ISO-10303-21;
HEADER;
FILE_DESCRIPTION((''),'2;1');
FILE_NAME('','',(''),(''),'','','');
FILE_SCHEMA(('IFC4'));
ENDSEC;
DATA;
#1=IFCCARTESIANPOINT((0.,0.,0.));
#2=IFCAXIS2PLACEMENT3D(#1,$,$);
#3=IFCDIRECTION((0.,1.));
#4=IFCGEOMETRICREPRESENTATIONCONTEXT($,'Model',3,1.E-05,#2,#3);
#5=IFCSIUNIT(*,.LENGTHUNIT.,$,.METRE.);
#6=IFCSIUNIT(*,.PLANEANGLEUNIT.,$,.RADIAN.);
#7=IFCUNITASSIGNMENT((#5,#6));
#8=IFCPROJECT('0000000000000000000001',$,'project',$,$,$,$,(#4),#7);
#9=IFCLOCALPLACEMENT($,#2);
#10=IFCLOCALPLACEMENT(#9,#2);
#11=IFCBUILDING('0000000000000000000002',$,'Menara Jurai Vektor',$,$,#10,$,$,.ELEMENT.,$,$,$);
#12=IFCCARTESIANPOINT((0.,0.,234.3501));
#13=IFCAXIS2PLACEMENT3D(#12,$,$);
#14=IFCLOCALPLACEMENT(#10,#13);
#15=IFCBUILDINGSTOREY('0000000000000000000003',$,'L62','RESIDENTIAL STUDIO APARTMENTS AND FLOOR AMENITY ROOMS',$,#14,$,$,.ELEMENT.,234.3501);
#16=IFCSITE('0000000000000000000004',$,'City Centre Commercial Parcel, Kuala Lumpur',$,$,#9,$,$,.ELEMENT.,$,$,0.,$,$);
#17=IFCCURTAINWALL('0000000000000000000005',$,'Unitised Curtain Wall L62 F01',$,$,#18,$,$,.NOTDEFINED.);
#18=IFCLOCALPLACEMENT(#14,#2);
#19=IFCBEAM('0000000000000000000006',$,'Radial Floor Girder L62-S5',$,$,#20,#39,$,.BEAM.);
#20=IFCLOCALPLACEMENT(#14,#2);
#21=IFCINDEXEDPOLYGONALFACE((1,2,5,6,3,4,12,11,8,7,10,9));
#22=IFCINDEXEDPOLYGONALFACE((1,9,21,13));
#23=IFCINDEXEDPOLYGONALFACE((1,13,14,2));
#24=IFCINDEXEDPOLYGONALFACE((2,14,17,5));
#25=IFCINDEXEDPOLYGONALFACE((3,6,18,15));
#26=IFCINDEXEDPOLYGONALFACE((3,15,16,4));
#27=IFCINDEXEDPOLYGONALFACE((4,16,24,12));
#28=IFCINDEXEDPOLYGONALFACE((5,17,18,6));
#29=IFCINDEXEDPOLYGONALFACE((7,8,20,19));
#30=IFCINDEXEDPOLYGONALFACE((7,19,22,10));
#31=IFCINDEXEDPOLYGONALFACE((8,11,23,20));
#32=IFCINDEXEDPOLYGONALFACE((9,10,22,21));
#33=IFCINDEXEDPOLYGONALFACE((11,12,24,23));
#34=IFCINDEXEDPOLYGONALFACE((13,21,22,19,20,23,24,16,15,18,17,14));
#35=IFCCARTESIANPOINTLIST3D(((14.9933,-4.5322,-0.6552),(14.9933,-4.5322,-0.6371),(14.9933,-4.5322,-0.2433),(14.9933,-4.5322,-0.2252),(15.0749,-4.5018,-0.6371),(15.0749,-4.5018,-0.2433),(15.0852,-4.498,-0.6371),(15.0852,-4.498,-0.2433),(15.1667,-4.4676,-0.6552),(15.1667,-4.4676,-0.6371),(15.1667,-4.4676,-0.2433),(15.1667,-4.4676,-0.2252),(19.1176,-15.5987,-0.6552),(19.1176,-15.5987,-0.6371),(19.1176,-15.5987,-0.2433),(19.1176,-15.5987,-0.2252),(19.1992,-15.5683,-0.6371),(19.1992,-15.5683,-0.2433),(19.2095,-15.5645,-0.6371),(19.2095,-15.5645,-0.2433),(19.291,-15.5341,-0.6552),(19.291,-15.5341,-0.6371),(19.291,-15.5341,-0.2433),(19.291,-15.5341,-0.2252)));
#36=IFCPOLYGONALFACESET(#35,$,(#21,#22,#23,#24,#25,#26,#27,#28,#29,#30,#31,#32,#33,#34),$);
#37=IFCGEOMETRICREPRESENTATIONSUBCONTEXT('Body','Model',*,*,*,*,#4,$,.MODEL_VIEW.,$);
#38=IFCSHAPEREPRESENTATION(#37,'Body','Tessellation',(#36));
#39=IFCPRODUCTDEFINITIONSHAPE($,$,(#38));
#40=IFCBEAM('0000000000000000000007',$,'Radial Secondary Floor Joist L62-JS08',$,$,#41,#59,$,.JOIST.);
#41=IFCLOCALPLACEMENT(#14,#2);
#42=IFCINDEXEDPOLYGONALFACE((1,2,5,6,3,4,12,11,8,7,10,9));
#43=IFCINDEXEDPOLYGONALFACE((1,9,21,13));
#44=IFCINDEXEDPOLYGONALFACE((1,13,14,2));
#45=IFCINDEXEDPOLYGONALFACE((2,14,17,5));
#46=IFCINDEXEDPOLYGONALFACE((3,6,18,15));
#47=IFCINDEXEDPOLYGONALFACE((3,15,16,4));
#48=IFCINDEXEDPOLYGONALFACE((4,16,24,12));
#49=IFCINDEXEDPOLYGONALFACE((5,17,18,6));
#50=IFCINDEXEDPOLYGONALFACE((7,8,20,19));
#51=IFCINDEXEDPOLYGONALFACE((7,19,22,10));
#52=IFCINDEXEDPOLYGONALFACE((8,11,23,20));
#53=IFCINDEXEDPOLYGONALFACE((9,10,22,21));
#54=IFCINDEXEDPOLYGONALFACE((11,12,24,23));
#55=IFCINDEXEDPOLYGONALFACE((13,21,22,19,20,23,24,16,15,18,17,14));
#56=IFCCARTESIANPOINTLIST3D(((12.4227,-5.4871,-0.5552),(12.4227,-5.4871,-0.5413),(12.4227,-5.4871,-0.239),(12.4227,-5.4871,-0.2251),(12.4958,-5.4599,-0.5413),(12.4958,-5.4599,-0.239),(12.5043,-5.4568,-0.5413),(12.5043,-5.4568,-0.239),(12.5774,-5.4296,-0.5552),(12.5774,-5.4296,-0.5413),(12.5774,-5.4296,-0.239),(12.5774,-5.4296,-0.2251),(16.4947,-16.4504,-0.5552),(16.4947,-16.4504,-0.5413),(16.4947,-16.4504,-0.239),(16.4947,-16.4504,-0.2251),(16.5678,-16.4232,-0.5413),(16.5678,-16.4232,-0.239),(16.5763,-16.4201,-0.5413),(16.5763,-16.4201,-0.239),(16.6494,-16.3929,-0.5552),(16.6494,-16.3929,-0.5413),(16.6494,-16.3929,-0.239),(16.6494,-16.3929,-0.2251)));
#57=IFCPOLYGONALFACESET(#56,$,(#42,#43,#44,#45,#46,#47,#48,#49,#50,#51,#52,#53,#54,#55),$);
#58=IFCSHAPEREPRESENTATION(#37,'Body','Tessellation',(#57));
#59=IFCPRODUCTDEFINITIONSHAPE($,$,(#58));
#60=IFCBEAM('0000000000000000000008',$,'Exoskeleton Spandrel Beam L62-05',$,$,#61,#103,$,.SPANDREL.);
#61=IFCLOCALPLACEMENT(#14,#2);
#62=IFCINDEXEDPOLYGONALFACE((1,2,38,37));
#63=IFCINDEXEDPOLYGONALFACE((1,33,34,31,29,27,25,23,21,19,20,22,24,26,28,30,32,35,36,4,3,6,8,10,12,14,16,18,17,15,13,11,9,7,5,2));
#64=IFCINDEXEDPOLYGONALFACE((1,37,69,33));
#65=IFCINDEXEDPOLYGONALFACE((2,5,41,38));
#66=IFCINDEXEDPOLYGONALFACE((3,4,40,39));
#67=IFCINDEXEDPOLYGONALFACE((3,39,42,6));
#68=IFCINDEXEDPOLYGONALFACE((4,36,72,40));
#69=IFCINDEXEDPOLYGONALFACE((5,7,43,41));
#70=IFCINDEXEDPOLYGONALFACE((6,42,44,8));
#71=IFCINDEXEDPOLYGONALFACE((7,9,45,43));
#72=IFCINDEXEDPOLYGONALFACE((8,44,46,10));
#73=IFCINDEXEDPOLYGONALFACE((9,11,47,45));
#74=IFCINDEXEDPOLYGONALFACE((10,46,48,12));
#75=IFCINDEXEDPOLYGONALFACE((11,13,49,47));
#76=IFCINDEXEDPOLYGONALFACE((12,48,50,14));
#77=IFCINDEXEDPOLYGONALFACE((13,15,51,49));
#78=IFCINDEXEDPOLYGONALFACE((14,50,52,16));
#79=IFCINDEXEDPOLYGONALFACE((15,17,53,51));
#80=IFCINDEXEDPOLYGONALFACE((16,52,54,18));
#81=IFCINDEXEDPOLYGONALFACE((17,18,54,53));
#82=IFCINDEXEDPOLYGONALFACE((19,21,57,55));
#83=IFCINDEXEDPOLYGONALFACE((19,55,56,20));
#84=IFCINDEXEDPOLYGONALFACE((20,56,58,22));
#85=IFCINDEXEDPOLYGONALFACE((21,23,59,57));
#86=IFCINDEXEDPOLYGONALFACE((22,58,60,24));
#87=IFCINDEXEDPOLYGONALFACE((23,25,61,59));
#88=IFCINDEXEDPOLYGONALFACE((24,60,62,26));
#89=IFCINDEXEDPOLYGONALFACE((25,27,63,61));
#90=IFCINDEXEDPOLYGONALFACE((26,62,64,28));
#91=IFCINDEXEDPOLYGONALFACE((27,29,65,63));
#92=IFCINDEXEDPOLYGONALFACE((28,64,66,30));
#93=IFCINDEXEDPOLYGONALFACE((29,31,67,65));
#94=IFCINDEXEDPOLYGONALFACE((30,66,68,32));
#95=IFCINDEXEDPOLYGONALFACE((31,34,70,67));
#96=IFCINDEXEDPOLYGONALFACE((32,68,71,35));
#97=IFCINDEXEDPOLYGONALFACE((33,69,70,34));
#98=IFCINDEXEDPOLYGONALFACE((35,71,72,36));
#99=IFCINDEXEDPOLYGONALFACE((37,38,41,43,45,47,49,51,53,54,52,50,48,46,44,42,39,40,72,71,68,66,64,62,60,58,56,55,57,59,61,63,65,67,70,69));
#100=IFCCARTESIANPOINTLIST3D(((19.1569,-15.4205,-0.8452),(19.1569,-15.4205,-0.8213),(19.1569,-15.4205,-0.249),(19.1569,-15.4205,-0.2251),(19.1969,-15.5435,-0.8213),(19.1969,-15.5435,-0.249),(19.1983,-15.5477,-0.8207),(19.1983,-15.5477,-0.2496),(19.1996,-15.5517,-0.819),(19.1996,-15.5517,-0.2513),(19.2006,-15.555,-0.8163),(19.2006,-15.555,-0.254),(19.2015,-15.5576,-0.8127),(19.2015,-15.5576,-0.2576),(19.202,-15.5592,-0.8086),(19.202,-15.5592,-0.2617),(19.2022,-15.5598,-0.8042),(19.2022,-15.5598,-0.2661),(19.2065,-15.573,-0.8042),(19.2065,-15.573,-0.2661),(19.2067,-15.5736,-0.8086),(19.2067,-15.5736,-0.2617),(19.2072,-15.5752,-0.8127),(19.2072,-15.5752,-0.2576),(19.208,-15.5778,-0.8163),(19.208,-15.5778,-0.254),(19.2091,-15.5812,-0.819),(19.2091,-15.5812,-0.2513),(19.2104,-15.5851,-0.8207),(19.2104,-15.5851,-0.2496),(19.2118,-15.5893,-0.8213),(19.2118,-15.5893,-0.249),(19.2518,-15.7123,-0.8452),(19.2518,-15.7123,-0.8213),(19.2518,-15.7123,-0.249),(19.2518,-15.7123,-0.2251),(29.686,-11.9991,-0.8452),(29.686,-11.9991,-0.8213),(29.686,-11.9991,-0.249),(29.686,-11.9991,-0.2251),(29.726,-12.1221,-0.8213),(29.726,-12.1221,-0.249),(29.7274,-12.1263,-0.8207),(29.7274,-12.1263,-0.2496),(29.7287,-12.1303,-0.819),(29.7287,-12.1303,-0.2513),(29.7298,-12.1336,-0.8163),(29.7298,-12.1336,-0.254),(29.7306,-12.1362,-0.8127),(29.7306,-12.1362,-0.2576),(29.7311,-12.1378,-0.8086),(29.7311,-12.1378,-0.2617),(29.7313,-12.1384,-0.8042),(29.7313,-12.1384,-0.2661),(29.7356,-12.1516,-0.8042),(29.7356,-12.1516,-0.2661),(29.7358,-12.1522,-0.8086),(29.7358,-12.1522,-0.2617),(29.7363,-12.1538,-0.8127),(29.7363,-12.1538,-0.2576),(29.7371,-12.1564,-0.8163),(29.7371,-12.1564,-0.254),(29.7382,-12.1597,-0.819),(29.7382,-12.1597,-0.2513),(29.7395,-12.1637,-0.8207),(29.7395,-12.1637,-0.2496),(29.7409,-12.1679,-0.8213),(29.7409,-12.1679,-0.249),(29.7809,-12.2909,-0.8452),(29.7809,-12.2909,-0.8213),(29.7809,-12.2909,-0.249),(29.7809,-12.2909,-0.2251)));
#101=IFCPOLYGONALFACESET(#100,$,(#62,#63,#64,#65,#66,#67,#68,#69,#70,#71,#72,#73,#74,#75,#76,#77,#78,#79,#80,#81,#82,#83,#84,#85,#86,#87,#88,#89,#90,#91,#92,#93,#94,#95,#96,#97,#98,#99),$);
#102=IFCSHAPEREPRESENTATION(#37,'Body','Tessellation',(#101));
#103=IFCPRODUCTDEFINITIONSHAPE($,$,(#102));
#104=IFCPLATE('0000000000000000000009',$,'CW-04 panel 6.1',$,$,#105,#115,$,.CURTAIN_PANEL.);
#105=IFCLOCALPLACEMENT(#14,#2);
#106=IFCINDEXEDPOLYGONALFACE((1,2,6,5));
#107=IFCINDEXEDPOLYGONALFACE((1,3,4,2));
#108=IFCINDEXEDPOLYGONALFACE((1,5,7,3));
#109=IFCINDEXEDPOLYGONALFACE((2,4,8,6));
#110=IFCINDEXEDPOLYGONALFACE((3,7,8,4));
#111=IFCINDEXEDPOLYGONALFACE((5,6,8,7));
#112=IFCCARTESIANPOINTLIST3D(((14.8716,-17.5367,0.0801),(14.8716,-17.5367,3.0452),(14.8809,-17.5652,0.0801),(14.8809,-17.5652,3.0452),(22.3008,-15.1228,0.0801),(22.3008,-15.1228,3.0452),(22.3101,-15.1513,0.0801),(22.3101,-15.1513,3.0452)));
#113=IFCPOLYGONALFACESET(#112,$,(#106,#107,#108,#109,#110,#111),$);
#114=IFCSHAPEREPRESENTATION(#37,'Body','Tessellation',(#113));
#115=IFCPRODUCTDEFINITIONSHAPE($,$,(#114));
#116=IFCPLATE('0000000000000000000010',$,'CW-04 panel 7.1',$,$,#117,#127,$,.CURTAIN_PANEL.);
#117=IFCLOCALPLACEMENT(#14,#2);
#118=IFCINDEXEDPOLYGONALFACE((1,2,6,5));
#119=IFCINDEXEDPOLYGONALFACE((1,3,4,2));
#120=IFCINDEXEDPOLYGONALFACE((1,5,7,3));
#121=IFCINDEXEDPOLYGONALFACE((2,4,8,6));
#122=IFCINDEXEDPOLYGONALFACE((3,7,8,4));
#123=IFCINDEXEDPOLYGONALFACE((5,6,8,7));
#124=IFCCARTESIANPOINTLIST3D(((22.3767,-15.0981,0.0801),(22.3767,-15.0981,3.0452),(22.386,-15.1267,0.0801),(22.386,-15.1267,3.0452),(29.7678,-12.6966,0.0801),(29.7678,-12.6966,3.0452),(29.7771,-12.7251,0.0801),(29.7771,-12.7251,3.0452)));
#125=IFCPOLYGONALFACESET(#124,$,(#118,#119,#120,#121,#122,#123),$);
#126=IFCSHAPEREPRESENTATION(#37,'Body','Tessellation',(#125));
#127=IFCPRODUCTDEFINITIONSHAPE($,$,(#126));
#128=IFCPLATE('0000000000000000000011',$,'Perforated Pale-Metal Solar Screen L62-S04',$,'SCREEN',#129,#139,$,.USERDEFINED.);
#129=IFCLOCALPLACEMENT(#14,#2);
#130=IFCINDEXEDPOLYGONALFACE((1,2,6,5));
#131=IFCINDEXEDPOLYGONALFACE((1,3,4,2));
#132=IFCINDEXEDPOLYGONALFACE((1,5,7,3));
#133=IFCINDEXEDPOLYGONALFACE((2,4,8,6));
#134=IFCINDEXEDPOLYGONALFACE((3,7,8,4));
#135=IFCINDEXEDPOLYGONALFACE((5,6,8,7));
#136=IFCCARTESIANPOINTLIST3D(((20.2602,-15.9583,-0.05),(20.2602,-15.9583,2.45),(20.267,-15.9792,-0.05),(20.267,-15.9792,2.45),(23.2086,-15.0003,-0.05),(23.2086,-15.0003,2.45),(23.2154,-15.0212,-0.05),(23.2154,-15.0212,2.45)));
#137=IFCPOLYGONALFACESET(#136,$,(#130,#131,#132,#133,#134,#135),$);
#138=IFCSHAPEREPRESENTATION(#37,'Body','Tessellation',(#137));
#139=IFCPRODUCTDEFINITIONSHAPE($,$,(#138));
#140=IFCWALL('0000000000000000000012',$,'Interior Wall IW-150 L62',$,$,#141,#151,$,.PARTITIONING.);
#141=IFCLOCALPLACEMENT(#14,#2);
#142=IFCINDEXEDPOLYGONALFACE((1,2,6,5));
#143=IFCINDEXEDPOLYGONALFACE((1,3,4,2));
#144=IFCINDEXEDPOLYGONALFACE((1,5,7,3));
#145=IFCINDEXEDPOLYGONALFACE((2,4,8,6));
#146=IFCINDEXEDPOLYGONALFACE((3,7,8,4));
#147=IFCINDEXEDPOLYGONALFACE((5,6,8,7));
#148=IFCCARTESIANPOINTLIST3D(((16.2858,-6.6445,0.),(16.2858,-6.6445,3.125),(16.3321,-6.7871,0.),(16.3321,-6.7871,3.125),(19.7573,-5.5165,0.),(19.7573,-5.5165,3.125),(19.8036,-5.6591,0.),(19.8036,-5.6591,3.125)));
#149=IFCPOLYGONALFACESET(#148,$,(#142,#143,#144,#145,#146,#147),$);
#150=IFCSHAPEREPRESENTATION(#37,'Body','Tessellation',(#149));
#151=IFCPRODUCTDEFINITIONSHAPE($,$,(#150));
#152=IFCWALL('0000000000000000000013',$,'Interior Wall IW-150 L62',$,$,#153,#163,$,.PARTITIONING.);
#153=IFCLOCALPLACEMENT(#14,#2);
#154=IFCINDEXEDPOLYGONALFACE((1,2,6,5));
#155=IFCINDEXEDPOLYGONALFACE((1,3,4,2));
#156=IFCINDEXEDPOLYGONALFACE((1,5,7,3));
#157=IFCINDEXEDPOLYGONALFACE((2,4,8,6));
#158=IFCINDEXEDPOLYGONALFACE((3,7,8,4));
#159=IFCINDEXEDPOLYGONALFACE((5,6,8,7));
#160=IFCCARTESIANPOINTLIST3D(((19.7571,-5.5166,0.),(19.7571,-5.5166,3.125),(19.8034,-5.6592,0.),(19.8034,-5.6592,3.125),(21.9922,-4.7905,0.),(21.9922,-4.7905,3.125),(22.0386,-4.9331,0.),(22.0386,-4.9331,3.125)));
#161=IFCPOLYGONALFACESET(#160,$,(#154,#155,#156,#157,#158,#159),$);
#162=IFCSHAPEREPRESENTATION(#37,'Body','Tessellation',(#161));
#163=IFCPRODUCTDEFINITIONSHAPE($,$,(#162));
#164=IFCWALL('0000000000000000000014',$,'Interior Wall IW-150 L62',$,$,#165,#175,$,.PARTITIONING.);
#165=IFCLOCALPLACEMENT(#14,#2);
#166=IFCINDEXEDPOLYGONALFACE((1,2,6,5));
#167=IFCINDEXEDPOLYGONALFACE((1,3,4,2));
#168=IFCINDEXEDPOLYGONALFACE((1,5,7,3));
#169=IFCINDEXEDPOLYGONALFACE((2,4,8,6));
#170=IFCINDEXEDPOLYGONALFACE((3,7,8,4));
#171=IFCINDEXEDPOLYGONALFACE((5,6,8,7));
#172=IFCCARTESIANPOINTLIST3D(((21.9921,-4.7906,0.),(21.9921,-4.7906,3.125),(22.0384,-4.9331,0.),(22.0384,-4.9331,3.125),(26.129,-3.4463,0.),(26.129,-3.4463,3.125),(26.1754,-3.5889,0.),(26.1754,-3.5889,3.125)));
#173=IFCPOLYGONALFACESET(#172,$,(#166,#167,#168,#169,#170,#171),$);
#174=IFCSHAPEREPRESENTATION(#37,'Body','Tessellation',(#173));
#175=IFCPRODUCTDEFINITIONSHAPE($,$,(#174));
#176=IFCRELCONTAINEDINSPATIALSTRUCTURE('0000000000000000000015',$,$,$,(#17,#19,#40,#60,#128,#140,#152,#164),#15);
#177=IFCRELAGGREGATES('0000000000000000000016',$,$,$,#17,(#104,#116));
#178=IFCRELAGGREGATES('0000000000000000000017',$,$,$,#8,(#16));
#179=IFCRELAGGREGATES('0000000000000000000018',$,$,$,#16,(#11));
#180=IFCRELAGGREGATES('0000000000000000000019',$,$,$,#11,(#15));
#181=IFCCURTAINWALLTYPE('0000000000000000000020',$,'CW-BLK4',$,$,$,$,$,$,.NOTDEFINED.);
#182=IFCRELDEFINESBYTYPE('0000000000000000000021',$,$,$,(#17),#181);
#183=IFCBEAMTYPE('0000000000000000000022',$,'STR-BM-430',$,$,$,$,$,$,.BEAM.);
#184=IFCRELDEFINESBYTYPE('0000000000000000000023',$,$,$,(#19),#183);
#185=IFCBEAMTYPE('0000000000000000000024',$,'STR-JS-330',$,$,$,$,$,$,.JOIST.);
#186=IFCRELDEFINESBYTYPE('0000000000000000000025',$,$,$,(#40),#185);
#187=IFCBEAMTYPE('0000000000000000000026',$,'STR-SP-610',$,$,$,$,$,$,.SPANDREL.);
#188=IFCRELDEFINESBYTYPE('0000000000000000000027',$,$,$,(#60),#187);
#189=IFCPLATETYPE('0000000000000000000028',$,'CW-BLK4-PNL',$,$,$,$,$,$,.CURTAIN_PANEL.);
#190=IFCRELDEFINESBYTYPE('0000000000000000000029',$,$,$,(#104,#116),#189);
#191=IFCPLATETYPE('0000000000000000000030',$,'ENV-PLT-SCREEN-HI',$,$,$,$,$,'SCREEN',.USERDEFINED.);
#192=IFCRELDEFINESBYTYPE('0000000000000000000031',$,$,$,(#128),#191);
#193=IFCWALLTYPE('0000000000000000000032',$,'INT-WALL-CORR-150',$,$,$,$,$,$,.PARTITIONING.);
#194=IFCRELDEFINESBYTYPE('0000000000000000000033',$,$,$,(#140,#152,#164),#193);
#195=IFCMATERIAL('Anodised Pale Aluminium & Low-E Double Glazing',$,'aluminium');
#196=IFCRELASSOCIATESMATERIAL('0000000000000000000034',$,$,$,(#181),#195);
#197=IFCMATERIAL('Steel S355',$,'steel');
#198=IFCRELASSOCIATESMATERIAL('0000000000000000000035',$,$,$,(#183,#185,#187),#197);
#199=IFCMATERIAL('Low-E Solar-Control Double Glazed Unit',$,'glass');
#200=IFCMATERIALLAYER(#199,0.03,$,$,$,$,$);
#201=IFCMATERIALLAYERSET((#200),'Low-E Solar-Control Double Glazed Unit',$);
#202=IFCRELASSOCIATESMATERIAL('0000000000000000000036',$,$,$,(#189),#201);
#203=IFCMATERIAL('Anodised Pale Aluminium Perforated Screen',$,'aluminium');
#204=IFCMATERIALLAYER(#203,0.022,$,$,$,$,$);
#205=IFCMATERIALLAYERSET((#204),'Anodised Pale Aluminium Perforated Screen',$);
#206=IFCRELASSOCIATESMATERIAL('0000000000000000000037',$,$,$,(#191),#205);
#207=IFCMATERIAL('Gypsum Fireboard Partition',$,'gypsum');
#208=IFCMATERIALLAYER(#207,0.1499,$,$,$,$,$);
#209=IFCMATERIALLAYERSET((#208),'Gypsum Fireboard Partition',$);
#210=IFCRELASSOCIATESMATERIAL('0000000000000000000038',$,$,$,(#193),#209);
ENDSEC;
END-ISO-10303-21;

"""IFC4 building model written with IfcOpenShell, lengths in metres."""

from ifc_helpers import new_model, si_unit, direction, frame, frame_2d, origin, origin_2d, place, context, subcontext, project, spatial, rectangle, i_section, extrude, material, layer, layer_set, material_profile, profile_set, type_object, element, aggregate, save


model = new_model("IFC4")

# Units and contexts
model_context = context("Model", 3, precision=1e-05, world=origin(), true_north=direction((0.0, 1.0)))
body_context = subcontext(model_context, "Body", "Model", "MODEL_VIEW")
ifc_project = project(units=[si_unit("LENGTHUNIT", "METRE"), si_unit("PLANEANGLEUNIT", "RADIAN")], contexts=[model_context])

# Site, building, storey
site_placement = place(None, origin())
site = spatial("IfcSite", under=ifc_project, at=site_placement, Name="City Centre Commercial Parcel, Kuala Lumpur", CompositionType="ELEMENT", RefElevation=0.0)
building_placement = place(site_placement, origin())
building = spatial("IfcBuilding", under=site, at=building_placement, Name="Menara Jurai Vektor", CompositionType="ELEMENT")
storey_placement = place(building_placement, frame((0.0, 0.0, 234.3501)))
storey = spatial("IfcBuildingStorey", under=building, at=storey_placement, Name="L62", Description="RESIDENTIAL STUDIO APARTMENTS AND FLOOR AMENITY ROOMS", CompositionType="ELEMENT", Elevation=234.3501)

# Curtain wall
ifc_material_1 = material(Name="Anodised Pale Aluminium & Low-E Double Glazing", Category="aluminium")
curtain_wall_type = type_object("IfcCurtainWallType", Name="CW-BLK4", PredefinedType="NOTDEFINED", material=ifc_material_1)
curtain_wall_placement = place(storey_placement, origin())
curtain_wall = element("IfcCurtainWall", 1, at=curtain_wall_placement, inside=storey, type_object=curtain_wall_type, Name="Unitised Curtain Wall L62 F01", PredefinedType="NOTDEFINED")

# Beams
ifc_material_2 = material(Name="Steel S355", Category="steel")
ifc_material_profile_1 = material_profile(ifc_material_2, i_section(OverallWidth=0.1851, OverallDepth=0.4299, WebThickness=0.011, FlangeThickness=0.0181, at=origin_2d()), Name="PG 430x185x76")
ifc_profile_set_1 = profile_set([ifc_material_profile_1], Name="Steel S355")
beam_type_1 = type_object("IfcBeamType", Name="STR-BM-430", PredefinedType="BEAM", material=ifc_profile_set_1)
beam_1_placement = place(storey_placement, frame((19.2043, -15.5664, -0.4402), z_axis=(-0.34922, 0.937041, 0.0), x_axis=(-0.937041, -0.34922, 0.0)))
element("IfcBeam", 2, at=beam_1_placement, inside=storey, type_object=beam_type_1, Name="Radial Floor Girder L62-S5", PredefinedType="BEAM", context=body_context, shape_type="SweptSolid", body=[
    extrude(i_section(OverallWidth=0.1851, OverallDepth=0.4299, WebThickness=0.011, FlangeThickness=0.0181, at=origin_2d()), origin(), (0.0, 0.0, 1.0), 11.8101),
])
ifc_material_profile_2 = material_profile(ifc_material_2, i_section(OverallWidth=0.165, OverallDepth=0.3301, WebThickness=0.009, FlangeThickness=0.0139, at=origin_2d()), Name="PG 330x165x46")
ifc_profile_set_2 = profile_set([ifc_material_profile_2], Name="Steel S355")
beam_type_2 = type_object("IfcBeamType", Name="STR-JS-330", PredefinedType="JOIST", material=ifc_profile_set_2)
beam_2_placement = place(storey_placement, frame((16.572, -16.4216, -0.3901), z_axis=(-0.34818, 0.937428, 0.0), x_axis=(-0.937428, -0.34818, 0.0)))
element("IfcBeam", 3, at=beam_2_placement, inside=storey, type_object=beam_type_2, Name="Radial Secondary Floor Joist L62-JS08", PredefinedType="JOIST", context=body_context, shape_type="SweptSolid", body=[
    extrude(i_section(OverallWidth=0.165, OverallDepth=0.3301, WebThickness=0.009, FlangeThickness=0.0139, at=origin_2d()), origin(), (0.0, 0.0, 1.0), 11.6951),
])
ifc_material_profile_3 = material_profile(ifc_material_2, i_section(OverallWidth=0.3069, OverallDepth=0.6201, WebThickness=0.0139, FlangeThickness=0.0239, FilletRadius=0.0171, at=origin_2d()), Name="UKB 610x305x179")
ifc_profile_set_3 = profile_set([ifc_material_profile_3], Name="Steel S355")
beam_type_3 = type_object("IfcBeamType", Name="STR-SP-610", PredefinedType="SPANDREL", material=ifc_profile_set_3)
beam_3_placement = place(storey_placement, frame((19.2043, -15.5664, -0.5352), z_axis=(0.951049, 0.309041, 0.0), x_axis=(-0.309041, 0.951049, 0.0)))
element("IfcBeam", 4, at=beam_3_placement, inside=storey, type_object=beam_type_3, Name="Exoskeleton Spandrel Beam L62-05", PredefinedType="SPANDREL", context=body_context, shape_type="SweptSolid", body=[
    extrude(i_section(OverallWidth=0.3069, OverallDepth=0.6201, WebThickness=0.0139, FlangeThickness=0.0239, FilletRadius=0.0171, at=origin_2d()), origin(), (0.0, 0.0, 1.0), 11.071),
])

# Plates
ifc_material_3 = material(Name="Low-E Solar-Control Double Glazed Unit", Category="glass")
ifc_layer_1 = layer(ifc_material_3, 0.03)
ifc_layer_set_1 = layer_set([ifc_layer_1], Name="Low-E Solar-Control Double Glazed Unit")
plate_type_1 = type_object("IfcPlateType", Name="CW-BLK4-PNL", PredefinedType="CURTAIN_PANEL", material=ifc_layer_set_1)
plate_1_placement = place(storey_placement, frame((18.5908, -16.344, 0.0801), z_axis=(0.0, 0.0, 1.0), x_axis=(0.951056, 0.309017, 0.0)))
plate_1 = element("IfcPlate", 5, at=plate_1_placement, type_object=plate_type_1, Name="CW-04 panel 6.1", PredefinedType="CURTAIN_PANEL", context=body_context, shape_type="SweptSolid", body=[
    extrude(rectangle(XDim=7.8115, YDim=0.03, at=origin_2d()), origin(), (0.0, 0.0, 1.0), 2.9651),
])
plate_2_placement = place(storey_placement, frame((26.0769, -13.9116, 0.0801), z_axis=(0.0, 0.0, 1.0), x_axis=(0.951056, 0.309017, 0.0)))
plate_2 = element("IfcPlate", 6, at=plate_2_placement, type_object=plate_type_1, Name="CW-04 panel 7.1", PredefinedType="CURTAIN_PANEL", context=body_context, shape_type="SweptSolid", body=[
    extrude(rectangle(XDim=7.7715, YDim=0.03, at=origin_2d()), origin(), (0.0, 0.0, 1.0), 2.9651),
])
aggregate(curtain_wall, [plate_1, plate_2])
ifc_material_4 = material(Name="Anodised Pale Aluminium Perforated Screen", Category="aluminium")
ifc_layer_2 = layer(ifc_material_4, 0.022)
ifc_layer_set_2 = layer_set([ifc_layer_2], Name="Anodised Pale Aluminium Perforated Screen")
plate_type_2 = type_object("IfcPlateType", Name="ENV-PLT-SCREEN-HI", ElementType="SCREEN", PredefinedType="USERDEFINED", material=ifc_layer_set_2)
plate_3_placement = place(storey_placement, frame((21.7378, -15.4897, -0.05), z_axis=(0.0, 0.0, 1.0), x_axis=(0.951057, 0.309017, 0.0)))
element("IfcPlate", 7, at=plate_3_placement, inside=storey, type_object=plate_type_2, Name="Perforated Pale-Metal Solar Screen L62-S04", ObjectType="SCREEN", PredefinedType="USERDEFINED", context=body_context, shape_type="SweptSolid", body=[
    extrude(rectangle(XDim=3.1001, YDim=0.022, at=origin_2d()), origin(), (0.0, 0.0, 1.0), 2.5),
])

# Walls
ifc_material_5 = material(Name="Gypsum Fireboard Partition", Category="gypsum")
ifc_layer_3 = layer(ifc_material_5, 0.1499)
ifc_layer_set_3 = layer_set([ifc_layer_3], Name="Gypsum Fireboard Partition")
wall_type_1 = type_object("IfcWallType", Name="INT-WALL-CORR-150", PredefinedType="PARTITIONING", material=ifc_layer_set_3)
wall_1_placement = place(storey_placement, frame((16.3088, -6.7158, 0.0), z_axis=(0.0, 0.0, 1.0), x_axis=(0.951057, 0.309015, 0.0)))
element("IfcWall", 8, at=wall_1_placement, inside=storey, type_object=wall_type_1, Name="Interior Wall IW-150 L62", PredefinedType="PARTITIONING", context=body_context, shape_type="SweptSolid", body=[
    extrude(rectangle(XDim=3.6501, YDim=0.1499, at=frame_2d((1.8252, 0.0))), origin(), (0.0, 0.0, 1.0), 3.125),
])
wall_2_placement = place(storey_placement, frame((19.7803, -5.5879, 0.0), z_axis=(0.0, 0.0, 1.0), x_axis=(0.951076, 0.308957, 0.0)))
element("IfcWall", 9, at=wall_2_placement, inside=storey, type_object=wall_type_1, Name="Interior Wall IW-150 L62", PredefinedType="PARTITIONING", context=body_context, shape_type="SweptSolid", body=[
    extrude(rectangle(XDim=2.3501, YDim=0.1499, at=frame_2d((1.175, 0.0))), origin(), (0.0, 0.0, 1.0), 3.125),
])
wall_3_placement = place(storey_placement, frame((22.0154, -4.8618, 0.0), z_axis=(0.0, 0.0, 1.0), x_axis=(0.951053, 0.309029, 0.0)))
element("IfcWall", 10, at=wall_3_placement, inside=storey, type_object=wall_type_1, Name="Interior Wall IW-150 L62", PredefinedType="PARTITIONING", context=body_context, shape_type="SweptSolid", body=[
    extrude(rectangle(XDim=4.3499, YDim=0.1499, at=frame_2d((2.1748, 0.0))), origin(), (0.0, 0.0, 1.0), 3.125),
])

save(model, "model.ifc")
